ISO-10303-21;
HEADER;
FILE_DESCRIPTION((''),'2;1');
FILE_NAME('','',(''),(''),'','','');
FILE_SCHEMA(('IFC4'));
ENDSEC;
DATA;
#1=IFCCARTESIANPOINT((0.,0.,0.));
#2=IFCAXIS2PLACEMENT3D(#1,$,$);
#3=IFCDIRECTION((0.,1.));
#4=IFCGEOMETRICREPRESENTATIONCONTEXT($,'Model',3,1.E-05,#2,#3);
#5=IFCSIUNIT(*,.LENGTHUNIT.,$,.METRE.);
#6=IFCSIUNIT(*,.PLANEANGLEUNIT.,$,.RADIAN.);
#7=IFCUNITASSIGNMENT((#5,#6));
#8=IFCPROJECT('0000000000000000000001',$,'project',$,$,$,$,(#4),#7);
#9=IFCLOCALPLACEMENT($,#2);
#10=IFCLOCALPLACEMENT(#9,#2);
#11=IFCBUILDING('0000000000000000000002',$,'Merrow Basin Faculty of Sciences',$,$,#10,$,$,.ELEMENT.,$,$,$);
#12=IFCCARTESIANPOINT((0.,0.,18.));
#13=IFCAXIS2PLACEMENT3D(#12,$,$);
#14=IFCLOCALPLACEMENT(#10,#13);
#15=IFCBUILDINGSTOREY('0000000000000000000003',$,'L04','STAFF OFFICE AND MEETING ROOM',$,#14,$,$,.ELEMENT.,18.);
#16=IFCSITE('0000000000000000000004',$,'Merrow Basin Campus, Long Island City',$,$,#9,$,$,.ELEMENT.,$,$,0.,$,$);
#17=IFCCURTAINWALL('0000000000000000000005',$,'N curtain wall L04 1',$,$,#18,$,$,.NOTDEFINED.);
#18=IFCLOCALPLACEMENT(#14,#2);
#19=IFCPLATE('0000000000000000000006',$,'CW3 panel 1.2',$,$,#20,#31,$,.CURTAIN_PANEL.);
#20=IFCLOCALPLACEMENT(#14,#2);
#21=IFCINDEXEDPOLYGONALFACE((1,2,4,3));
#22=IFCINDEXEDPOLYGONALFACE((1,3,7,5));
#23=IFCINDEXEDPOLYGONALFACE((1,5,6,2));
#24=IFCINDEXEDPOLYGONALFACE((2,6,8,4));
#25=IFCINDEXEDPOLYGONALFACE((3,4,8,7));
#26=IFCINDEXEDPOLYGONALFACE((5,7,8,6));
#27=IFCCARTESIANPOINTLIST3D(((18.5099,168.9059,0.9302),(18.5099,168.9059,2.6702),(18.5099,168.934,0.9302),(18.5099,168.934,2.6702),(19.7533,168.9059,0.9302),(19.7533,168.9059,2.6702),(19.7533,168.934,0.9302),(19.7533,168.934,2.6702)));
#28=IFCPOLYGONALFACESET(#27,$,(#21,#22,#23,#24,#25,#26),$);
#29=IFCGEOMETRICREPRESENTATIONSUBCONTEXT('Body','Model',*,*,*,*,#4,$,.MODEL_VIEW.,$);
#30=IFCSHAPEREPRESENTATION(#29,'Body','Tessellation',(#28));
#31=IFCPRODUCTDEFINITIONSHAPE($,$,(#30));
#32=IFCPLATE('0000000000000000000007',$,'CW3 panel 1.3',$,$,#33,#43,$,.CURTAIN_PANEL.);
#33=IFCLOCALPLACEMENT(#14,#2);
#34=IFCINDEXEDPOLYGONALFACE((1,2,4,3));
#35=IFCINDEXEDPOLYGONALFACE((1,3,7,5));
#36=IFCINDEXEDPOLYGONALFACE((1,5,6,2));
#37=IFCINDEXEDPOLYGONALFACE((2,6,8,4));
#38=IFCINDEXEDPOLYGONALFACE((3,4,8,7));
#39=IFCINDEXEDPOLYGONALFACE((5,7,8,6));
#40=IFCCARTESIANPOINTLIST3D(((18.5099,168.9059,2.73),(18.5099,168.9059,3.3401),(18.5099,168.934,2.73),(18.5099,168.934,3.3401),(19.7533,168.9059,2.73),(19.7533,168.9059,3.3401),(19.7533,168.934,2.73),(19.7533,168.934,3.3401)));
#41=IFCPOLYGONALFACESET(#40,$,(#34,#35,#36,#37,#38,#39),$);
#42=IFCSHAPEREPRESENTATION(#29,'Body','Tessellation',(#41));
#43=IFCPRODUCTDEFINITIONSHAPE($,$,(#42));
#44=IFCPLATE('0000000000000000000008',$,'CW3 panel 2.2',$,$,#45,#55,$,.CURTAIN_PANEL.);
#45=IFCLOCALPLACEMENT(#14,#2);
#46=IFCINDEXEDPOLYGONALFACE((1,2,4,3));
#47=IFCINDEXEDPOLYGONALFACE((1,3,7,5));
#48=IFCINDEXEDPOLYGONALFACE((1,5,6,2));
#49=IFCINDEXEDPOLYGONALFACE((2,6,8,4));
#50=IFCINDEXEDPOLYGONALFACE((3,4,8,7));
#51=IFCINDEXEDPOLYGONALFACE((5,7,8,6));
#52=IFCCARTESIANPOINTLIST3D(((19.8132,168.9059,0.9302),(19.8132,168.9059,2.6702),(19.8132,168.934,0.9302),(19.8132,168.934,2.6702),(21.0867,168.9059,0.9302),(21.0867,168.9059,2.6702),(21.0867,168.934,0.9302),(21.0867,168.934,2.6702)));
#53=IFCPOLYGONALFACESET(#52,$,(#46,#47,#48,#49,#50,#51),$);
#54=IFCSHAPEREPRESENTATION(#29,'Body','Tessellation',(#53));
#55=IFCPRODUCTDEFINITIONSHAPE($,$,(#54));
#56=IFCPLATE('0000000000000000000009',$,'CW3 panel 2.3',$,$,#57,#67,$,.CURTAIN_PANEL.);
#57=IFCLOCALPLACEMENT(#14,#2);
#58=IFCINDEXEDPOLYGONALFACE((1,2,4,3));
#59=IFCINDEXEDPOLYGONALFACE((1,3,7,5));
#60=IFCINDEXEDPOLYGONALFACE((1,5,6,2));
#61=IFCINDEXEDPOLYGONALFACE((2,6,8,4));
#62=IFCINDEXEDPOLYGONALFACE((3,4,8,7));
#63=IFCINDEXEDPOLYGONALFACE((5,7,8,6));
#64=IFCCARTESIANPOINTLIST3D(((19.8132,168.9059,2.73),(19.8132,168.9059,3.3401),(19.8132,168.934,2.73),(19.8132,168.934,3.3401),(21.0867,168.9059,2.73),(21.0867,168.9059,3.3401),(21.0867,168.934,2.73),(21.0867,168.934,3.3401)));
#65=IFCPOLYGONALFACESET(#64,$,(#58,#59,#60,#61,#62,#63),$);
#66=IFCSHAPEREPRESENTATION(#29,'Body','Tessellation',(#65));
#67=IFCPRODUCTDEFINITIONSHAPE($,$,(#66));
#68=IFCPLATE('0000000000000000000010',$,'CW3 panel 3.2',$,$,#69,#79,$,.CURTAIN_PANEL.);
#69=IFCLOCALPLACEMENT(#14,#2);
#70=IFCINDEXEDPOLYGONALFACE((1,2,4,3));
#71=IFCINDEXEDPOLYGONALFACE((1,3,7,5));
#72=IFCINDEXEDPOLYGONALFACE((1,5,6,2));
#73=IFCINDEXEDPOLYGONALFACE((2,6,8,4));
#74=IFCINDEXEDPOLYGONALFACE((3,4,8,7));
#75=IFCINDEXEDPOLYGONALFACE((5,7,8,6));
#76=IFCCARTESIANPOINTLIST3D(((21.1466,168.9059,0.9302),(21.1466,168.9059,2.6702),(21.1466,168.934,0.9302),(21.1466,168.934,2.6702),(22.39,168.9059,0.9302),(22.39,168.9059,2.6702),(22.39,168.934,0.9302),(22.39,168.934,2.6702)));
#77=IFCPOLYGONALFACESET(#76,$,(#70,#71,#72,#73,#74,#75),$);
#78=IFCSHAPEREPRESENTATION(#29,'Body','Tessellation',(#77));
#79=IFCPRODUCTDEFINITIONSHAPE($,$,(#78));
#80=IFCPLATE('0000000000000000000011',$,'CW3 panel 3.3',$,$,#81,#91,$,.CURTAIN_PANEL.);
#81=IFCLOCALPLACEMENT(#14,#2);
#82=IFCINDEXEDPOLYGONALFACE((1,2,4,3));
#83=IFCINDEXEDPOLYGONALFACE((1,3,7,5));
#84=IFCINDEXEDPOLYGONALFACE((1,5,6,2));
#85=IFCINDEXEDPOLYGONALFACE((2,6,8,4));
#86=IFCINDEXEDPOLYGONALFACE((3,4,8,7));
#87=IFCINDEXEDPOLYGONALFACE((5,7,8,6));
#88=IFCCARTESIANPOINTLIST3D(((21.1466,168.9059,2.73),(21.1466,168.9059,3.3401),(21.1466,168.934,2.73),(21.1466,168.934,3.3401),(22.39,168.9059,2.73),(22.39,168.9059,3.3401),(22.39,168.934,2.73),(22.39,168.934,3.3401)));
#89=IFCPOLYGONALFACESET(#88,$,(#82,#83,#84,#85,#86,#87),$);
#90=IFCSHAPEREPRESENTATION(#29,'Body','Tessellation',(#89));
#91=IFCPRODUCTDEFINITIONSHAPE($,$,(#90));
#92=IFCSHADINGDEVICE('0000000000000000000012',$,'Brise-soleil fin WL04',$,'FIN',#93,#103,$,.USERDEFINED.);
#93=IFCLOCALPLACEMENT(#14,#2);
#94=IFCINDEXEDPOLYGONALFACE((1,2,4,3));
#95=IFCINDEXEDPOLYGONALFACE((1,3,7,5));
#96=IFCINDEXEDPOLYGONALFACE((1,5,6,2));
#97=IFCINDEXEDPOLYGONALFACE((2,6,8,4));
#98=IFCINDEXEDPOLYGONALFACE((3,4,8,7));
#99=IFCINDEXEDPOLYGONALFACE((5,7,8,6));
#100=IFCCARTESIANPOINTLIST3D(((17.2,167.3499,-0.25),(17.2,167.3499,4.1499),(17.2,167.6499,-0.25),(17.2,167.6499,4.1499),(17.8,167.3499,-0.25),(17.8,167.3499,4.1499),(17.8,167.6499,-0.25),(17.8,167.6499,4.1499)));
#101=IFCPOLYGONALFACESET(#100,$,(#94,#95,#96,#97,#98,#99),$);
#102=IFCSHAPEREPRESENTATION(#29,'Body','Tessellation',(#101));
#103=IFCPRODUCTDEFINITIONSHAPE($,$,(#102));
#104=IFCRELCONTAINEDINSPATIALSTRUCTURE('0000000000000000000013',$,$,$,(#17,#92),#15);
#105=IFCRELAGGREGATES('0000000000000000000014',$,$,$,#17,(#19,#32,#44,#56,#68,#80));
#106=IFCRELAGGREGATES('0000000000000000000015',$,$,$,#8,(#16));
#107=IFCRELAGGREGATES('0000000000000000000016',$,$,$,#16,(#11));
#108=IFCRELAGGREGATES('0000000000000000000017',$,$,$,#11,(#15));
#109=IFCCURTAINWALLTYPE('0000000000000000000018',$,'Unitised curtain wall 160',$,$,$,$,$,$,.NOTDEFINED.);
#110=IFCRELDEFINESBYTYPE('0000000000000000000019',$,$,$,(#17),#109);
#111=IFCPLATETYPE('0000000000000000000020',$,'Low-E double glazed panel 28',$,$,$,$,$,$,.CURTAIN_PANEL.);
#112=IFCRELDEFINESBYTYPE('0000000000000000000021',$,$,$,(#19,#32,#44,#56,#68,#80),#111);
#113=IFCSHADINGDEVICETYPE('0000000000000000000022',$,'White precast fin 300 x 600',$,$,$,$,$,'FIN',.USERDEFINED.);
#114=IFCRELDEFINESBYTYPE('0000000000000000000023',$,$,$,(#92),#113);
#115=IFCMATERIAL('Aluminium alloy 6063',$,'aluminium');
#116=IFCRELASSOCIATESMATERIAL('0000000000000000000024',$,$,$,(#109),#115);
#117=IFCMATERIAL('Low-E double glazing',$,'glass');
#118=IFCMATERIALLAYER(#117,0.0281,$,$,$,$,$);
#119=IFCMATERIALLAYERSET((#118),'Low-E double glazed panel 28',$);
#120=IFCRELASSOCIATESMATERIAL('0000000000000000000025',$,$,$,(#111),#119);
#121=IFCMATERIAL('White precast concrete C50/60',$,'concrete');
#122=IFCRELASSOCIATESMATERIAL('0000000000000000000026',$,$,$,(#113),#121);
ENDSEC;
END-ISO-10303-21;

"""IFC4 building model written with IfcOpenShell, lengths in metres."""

from ifc_helpers import new_model, si_unit, direction, frame, origin, origin_2d, place, context, subcontext, project, spatial, polyline, rectangle, outline, extrude, source, transform, mapped, material, layer, layer_set, type_object, element, aggregate, save


model = new_model("IFC4")

# Units and contexts
model_context = context("Model", 3, precision=1e-05, world=origin(), true_north=direction((0.0, 1.0)))
body_context = subcontext(model_context, "Body", "Model", "MODEL_VIEW")
ifc_project = project(units=[si_unit("LENGTHUNIT", "METRE"), si_unit("PLANEANGLEUNIT", "RADIAN")], contexts=[model_context])

# Site, building, storey
site_placement = place(None, origin())
site = spatial("IfcSite", under=ifc_project, at=site_placement, Name="Merrow Basin Campus, Long Island City", CompositionType="ELEMENT", RefElevation=0.0)
building_placement = place(site_placement, origin())
building = spatial("IfcBuilding", under=site, at=building_placement, Name="Merrow Basin Faculty of Sciences", CompositionType="ELEMENT")
storey_placement = place(building_placement, frame((0.0, 0.0, 18.0)))
storey = spatial("IfcBuildingStorey", under=building, at=storey_placement, Name="L04", Description="STAFF OFFICE AND MEETING ROOM", CompositionType="ELEMENT", Elevation=18.0)

# Shared definitions
ifc_material_1 = material(Name="Aluminium alloy 6063", Category="aluminium")
curtain_wall_type = type_object("IfcCurtainWallType", Name="Unitised curtain wall 160", PredefinedType="NOTDEFINED", material=ifc_material_1)

# Curtain wall
curtain_wall_1_placement = place(storey_placement, origin())
curtain_wall_1 = element("IfcCurtainWall", 1, at=curtain_wall_1_placement, inside=storey, type_object=curtain_wall_type, Name="N curtain wall L04 1", PredefinedType="NOTDEFINED")

# Plates
ifc_material_2 = material(Name="Low-E double glazing", Category="glass")
ifc_layer_1 = layer(ifc_material_2, 0.0281)
ifc_layer_set_1 = layer_set([ifc_layer_1], Name="Low-E double glazed panel 28")
plate_type_1 = type_object("IfcPlateType", Name="Low-E double glazed panel 28", PredefinedType="CURTAIN_PANEL", material=ifc_layer_set_1)
plate_1_placement = place(storey_placement, frame((19.1316, 168.9199, 0.9302), z_axis=(0.0, 0.0, 1.0), x_axis=(1.0, 0.0, 0.0)))
plate_1 = element("IfcPlate", 2, at=plate_1_placement, type_object=plate_type_1, Name="CW3 panel 1.2", PredefinedType="CURTAIN_PANEL", context=body_context, shape_type="SweptSolid", body=[
    extrude(rectangle(XDim=1.2434, YDim=0.0281, at=origin_2d()), origin(), (0.0, 0.0, 1.0), 1.74),
])
plate_2_placement = place(storey_placement, frame((19.1316, 168.9199, 2.73), z_axis=(0.0, 0.0, 1.0), x_axis=(1.0, 0.0, 0.0)))
plate_2 = element("IfcPlate", 3, at=plate_2_placement, type_object=plate_type_1, Name="CW3 panel 1.3", PredefinedType="CURTAIN_PANEL", context=body_context, shape_type="SweptSolid", body=[
    extrude(rectangle(XDim=1.2434, YDim=0.0281, at=origin_2d()), origin(), (0.0, 0.0, 1.0), 0.6101),
])
plate_3_placement = place(storey_placement, frame((20.45, 168.9199, 0.9302), z_axis=(0.0, 0.0, 1.0), x_axis=(1.0, 0.0, 0.0)))
plate_3 = element("IfcPlate", 4, at=plate_3_placement, type_object=plate_type_1, Name="CW3 panel 2.2", PredefinedType="CURTAIN_PANEL", context=body_context, shape_type="SweptSolid", body=[
    extrude(rectangle(XDim=1.2734, YDim=0.0281, at=origin_2d()), origin(), (0.0, 0.0, 1.0), 1.74),
])
plate_4_placement = place(storey_placement, frame((20.45, 168.9199, 2.73), z_axis=(0.0, 0.0, 1.0), x_axis=(1.0, 0.0, 0.0)))
plate_4 = element("IfcPlate", 5, at=plate_4_placement, type_object=plate_type_1, Name="CW3 panel 2.3", PredefinedType="CURTAIN_PANEL", context=body_context, shape_type="SweptSolid", body=[
    extrude(rectangle(XDim=1.2734, YDim=0.0281, at=origin_2d()), origin(), (0.0, 0.0, 1.0), 0.6101),
])
plate_5_placement = place(storey_placement, frame((21.7683, 168.9199, 0.9302), z_axis=(0.0, 0.0, 1.0), x_axis=(1.0, 0.0, 0.0)))
plate_5 = element("IfcPlate", 6, at=plate_5_placement, type_object=plate_type_1, Name="CW3 panel 3.2", PredefinedType="CURTAIN_PANEL", context=body_context, shape_type="SweptSolid", body=[
    extrude(rectangle(XDim=1.2434, YDim=0.0281, at=origin_2d()), origin(), (0.0, 0.0, 1.0), 1.74),
])
plate_6_placement = place(storey_placement, frame((21.7683, 168.9199, 2.73), z_axis=(0.0, 0.0, 1.0), x_axis=(1.0, 0.0, 0.0)))
plate_6 = element("IfcPlate", 7, at=plate_6_placement, type_object=plate_type_1, Name="CW3 panel 3.3", PredefinedType="CURTAIN_PANEL", context=body_context, shape_type="SweptSolid", body=[
    extrude(rectangle(XDim=1.2434, YDim=0.0281, at=origin_2d()), origin(), (0.0, 0.0, 1.0), 0.6101),
])
aggregate(curtain_wall_1, [plate_1, plate_2, plate_3, plate_4, plate_5, plate_6])

# Shading device
ifc_material_3 = material(Name="White precast concrete C50/60", Category="concrete")
shading_device_type = type_object("IfcShadingDeviceType", Name="White precast fin 300 x 600", ElementType="FIN", PredefinedType="USERDEFINED", material=ifc_material_3)
shared_shape = source(origin(), body_context, "Body", "SweptSolid", [
    extrude(outline(polyline([(0.0, 0.0), (0.3, 0.0), (0.3, 4.3999), (0.0, 4.3999), (0.0, 0.0)])), origin(), (0.0, 0.0, 1.0), 0.6001),
])
shading_device_placement = place(storey_placement, frame((17.8, 167.6499, -0.25), z_axis=(-1.0, 0.0, 0.0), x_axis=(0.0, -1.0, 0.0)))
element("IfcShadingDevice", 8, at=shading_device_placement, inside=storey, type_object=shading_device_type, Name="Brise-soleil fin WL04", ObjectType="FIN", PredefinedType="USERDEFINED", context=body_context, shape_type="MappedRepresentation", body=[
    mapped(shared_shape, transform((0.0, 0.0, 0.0), scale=1.0)),
])

save(model, "model.ifc")
